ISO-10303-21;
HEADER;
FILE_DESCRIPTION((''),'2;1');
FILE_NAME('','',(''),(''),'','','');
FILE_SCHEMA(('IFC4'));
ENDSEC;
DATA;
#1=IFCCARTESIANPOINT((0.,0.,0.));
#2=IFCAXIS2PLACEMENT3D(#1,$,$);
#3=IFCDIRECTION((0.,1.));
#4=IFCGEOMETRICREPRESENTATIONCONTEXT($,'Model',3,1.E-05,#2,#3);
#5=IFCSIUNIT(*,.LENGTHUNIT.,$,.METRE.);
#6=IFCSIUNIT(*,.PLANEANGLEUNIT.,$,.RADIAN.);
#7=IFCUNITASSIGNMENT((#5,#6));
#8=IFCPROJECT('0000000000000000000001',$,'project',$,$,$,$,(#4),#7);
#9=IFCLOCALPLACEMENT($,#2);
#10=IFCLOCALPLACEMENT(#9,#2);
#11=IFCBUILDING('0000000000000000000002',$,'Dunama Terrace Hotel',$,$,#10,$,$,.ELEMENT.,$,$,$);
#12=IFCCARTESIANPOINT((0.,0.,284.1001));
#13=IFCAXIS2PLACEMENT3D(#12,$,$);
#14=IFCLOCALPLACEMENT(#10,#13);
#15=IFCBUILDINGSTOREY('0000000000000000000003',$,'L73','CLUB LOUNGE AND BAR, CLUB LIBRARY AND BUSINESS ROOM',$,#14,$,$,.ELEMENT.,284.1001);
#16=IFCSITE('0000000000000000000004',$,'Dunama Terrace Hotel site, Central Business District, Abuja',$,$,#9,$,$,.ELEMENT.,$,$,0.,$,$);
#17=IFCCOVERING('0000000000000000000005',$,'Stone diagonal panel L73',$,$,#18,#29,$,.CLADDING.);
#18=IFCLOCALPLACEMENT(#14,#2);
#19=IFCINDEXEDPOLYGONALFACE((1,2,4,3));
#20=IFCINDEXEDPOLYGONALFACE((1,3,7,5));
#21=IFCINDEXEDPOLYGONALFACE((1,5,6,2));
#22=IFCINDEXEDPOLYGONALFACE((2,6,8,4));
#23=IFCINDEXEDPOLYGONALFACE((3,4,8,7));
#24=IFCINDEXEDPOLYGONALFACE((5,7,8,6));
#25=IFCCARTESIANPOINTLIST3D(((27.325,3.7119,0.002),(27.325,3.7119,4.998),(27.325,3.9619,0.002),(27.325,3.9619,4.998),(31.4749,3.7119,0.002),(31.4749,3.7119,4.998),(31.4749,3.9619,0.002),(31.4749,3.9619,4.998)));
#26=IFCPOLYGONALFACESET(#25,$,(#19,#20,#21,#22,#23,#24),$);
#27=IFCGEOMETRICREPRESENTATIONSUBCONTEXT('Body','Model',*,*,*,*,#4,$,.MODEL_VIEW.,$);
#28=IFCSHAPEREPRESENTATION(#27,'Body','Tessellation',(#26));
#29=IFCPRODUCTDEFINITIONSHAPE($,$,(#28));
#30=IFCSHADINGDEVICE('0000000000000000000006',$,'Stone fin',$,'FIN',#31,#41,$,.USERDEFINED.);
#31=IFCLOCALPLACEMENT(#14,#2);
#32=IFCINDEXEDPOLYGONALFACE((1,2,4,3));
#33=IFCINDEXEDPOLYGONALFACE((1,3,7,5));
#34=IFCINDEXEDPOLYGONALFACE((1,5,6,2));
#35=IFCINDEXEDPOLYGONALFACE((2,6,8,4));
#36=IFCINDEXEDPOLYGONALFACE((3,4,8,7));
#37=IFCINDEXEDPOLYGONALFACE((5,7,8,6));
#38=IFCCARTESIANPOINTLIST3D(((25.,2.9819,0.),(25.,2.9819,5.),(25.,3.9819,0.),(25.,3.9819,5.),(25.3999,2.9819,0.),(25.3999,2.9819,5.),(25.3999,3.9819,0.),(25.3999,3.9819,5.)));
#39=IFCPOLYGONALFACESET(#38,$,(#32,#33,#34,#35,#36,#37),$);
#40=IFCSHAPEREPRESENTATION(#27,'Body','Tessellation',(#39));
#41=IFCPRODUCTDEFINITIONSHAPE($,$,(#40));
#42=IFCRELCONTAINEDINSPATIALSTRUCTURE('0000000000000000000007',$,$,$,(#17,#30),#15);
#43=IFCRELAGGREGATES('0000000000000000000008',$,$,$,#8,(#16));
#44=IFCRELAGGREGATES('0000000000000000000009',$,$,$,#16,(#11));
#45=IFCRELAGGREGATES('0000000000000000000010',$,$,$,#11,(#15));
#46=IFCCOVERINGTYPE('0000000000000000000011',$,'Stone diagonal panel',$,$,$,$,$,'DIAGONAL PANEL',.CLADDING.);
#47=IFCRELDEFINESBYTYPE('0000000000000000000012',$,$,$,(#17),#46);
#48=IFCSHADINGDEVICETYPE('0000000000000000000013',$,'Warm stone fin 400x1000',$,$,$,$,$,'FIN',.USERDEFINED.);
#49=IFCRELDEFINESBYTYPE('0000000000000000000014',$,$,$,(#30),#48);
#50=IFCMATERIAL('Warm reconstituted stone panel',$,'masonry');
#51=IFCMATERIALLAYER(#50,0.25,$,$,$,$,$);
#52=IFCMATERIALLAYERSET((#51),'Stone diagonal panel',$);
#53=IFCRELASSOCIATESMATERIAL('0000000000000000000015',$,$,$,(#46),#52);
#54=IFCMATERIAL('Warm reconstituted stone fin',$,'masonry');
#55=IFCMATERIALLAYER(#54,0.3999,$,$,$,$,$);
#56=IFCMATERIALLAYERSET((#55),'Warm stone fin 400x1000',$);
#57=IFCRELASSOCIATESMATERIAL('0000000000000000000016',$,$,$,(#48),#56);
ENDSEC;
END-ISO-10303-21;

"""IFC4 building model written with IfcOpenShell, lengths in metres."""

from ifc_helpers import new_model, si_unit, direction, frame, origin, origin_2d, place, context, subcontext, project, spatial, rectangle, extrude, material, layer, layer_set, type_object, element, save


model = new_model("IFC4")

# Units and contexts
model_context = context("Model", 3, precision=1e-05, world=origin(), true_north=direction((0.0, 1.0)))
body_context = subcontext(model_context, "Body", "Model", "MODEL_VIEW")
ifc_project = project(units=[si_unit("LENGTHUNIT", "METRE"), si_unit("PLANEANGLEUNIT", "RADIAN")], contexts=[model_context])

# Site, building, storey
site_placement = place(None, origin())
site = spatial("IfcSite", under=ifc_project, at=site_placement, Name="Dunama Terrace Hotel site, Central Business District, Abuja", CompositionType="ELEMENT", RefElevation=0.0)
building_placement = place(site_placement, origin())
building = spatial("IfcBuilding", under=site, at=building_placement, Name="Dunama Terrace Hotel", CompositionType="ELEMENT")
storey_placement = place(building_placement, frame((0.0, 0.0, 284.1001)))
storey = spatial("IfcBuildingStorey", under=building, at=storey_placement, Name="L73", Description="CLUB LOUNGE AND BAR, CLUB LIBRARY AND BUSINESS ROOM", CompositionType="ELEMENT", Elevation=284.1001)

# Covering
ifc_material_1 = material(Name="Warm reconstituted stone panel", Category="masonry")
ifc_layer_1 = layer(ifc_material_1, 0.25)
ifc_layer_set_1 = layer_set([ifc_layer_1], Name="Stone diagonal panel")
covering_type = type_object("IfcCoveringType", Name="Stone diagonal panel", ElementType="DIAGONAL PANEL", PredefinedType="CLADDING", material=ifc_layer_set_1)
covering_1_placement = place(storey_placement, frame((29.3999, 3.8369, 0.002), z_axis=(0.0, 0.0, 1.0), x_axis=(1.0, 0.0, 0.0)))
element("IfcCovering", 1, at=covering_1_placement, inside=storey, type_object=covering_type, Name="Stone diagonal panel L73", PredefinedType="CLADDING", context=body_context, shape_type="SweptSolid", body=[
    extrude(rectangle(XDim=4.1499, YDim=0.25, at=origin_2d()), origin(), (0.0, 0.0, 1.0), 4.9961),
])

# Shading device
ifc_material_2 = material(Name="Warm reconstituted stone fin", Category="masonry")
ifc_layer_2 = layer(ifc_material_2, 0.3999)
ifc_layer_set_2 = layer_set([ifc_layer_2], Name="Warm stone fin 400x1000")
shading_device_type = type_object("IfcShadingDeviceType", Name="Warm stone fin 400x1000", ElementType="FIN", PredefinedType="USERDEFINED", material=ifc_layer_set_2)
shading_device_placement = place(storey_placement, frame((25.2, 3.4819, 0.0), z_axis=(0.0, 0.0, 1.0), x_axis=(1.0, 0.0, 0.0)))
element("IfcShadingDevice", 2, at=shading_device_placement, inside=storey, type_object=shading_device_type, Name="Stone fin", ObjectType="FIN", PredefinedType="USERDEFINED", context=body_context, shape_type="SweptSolid", body=[
    extrude(rectangle(XDim=0.3999, YDim=1.0, at=origin_2d()), origin(), (0.0, 0.0, 1.0), 5.0),
])

save(model, "model.ifc")
